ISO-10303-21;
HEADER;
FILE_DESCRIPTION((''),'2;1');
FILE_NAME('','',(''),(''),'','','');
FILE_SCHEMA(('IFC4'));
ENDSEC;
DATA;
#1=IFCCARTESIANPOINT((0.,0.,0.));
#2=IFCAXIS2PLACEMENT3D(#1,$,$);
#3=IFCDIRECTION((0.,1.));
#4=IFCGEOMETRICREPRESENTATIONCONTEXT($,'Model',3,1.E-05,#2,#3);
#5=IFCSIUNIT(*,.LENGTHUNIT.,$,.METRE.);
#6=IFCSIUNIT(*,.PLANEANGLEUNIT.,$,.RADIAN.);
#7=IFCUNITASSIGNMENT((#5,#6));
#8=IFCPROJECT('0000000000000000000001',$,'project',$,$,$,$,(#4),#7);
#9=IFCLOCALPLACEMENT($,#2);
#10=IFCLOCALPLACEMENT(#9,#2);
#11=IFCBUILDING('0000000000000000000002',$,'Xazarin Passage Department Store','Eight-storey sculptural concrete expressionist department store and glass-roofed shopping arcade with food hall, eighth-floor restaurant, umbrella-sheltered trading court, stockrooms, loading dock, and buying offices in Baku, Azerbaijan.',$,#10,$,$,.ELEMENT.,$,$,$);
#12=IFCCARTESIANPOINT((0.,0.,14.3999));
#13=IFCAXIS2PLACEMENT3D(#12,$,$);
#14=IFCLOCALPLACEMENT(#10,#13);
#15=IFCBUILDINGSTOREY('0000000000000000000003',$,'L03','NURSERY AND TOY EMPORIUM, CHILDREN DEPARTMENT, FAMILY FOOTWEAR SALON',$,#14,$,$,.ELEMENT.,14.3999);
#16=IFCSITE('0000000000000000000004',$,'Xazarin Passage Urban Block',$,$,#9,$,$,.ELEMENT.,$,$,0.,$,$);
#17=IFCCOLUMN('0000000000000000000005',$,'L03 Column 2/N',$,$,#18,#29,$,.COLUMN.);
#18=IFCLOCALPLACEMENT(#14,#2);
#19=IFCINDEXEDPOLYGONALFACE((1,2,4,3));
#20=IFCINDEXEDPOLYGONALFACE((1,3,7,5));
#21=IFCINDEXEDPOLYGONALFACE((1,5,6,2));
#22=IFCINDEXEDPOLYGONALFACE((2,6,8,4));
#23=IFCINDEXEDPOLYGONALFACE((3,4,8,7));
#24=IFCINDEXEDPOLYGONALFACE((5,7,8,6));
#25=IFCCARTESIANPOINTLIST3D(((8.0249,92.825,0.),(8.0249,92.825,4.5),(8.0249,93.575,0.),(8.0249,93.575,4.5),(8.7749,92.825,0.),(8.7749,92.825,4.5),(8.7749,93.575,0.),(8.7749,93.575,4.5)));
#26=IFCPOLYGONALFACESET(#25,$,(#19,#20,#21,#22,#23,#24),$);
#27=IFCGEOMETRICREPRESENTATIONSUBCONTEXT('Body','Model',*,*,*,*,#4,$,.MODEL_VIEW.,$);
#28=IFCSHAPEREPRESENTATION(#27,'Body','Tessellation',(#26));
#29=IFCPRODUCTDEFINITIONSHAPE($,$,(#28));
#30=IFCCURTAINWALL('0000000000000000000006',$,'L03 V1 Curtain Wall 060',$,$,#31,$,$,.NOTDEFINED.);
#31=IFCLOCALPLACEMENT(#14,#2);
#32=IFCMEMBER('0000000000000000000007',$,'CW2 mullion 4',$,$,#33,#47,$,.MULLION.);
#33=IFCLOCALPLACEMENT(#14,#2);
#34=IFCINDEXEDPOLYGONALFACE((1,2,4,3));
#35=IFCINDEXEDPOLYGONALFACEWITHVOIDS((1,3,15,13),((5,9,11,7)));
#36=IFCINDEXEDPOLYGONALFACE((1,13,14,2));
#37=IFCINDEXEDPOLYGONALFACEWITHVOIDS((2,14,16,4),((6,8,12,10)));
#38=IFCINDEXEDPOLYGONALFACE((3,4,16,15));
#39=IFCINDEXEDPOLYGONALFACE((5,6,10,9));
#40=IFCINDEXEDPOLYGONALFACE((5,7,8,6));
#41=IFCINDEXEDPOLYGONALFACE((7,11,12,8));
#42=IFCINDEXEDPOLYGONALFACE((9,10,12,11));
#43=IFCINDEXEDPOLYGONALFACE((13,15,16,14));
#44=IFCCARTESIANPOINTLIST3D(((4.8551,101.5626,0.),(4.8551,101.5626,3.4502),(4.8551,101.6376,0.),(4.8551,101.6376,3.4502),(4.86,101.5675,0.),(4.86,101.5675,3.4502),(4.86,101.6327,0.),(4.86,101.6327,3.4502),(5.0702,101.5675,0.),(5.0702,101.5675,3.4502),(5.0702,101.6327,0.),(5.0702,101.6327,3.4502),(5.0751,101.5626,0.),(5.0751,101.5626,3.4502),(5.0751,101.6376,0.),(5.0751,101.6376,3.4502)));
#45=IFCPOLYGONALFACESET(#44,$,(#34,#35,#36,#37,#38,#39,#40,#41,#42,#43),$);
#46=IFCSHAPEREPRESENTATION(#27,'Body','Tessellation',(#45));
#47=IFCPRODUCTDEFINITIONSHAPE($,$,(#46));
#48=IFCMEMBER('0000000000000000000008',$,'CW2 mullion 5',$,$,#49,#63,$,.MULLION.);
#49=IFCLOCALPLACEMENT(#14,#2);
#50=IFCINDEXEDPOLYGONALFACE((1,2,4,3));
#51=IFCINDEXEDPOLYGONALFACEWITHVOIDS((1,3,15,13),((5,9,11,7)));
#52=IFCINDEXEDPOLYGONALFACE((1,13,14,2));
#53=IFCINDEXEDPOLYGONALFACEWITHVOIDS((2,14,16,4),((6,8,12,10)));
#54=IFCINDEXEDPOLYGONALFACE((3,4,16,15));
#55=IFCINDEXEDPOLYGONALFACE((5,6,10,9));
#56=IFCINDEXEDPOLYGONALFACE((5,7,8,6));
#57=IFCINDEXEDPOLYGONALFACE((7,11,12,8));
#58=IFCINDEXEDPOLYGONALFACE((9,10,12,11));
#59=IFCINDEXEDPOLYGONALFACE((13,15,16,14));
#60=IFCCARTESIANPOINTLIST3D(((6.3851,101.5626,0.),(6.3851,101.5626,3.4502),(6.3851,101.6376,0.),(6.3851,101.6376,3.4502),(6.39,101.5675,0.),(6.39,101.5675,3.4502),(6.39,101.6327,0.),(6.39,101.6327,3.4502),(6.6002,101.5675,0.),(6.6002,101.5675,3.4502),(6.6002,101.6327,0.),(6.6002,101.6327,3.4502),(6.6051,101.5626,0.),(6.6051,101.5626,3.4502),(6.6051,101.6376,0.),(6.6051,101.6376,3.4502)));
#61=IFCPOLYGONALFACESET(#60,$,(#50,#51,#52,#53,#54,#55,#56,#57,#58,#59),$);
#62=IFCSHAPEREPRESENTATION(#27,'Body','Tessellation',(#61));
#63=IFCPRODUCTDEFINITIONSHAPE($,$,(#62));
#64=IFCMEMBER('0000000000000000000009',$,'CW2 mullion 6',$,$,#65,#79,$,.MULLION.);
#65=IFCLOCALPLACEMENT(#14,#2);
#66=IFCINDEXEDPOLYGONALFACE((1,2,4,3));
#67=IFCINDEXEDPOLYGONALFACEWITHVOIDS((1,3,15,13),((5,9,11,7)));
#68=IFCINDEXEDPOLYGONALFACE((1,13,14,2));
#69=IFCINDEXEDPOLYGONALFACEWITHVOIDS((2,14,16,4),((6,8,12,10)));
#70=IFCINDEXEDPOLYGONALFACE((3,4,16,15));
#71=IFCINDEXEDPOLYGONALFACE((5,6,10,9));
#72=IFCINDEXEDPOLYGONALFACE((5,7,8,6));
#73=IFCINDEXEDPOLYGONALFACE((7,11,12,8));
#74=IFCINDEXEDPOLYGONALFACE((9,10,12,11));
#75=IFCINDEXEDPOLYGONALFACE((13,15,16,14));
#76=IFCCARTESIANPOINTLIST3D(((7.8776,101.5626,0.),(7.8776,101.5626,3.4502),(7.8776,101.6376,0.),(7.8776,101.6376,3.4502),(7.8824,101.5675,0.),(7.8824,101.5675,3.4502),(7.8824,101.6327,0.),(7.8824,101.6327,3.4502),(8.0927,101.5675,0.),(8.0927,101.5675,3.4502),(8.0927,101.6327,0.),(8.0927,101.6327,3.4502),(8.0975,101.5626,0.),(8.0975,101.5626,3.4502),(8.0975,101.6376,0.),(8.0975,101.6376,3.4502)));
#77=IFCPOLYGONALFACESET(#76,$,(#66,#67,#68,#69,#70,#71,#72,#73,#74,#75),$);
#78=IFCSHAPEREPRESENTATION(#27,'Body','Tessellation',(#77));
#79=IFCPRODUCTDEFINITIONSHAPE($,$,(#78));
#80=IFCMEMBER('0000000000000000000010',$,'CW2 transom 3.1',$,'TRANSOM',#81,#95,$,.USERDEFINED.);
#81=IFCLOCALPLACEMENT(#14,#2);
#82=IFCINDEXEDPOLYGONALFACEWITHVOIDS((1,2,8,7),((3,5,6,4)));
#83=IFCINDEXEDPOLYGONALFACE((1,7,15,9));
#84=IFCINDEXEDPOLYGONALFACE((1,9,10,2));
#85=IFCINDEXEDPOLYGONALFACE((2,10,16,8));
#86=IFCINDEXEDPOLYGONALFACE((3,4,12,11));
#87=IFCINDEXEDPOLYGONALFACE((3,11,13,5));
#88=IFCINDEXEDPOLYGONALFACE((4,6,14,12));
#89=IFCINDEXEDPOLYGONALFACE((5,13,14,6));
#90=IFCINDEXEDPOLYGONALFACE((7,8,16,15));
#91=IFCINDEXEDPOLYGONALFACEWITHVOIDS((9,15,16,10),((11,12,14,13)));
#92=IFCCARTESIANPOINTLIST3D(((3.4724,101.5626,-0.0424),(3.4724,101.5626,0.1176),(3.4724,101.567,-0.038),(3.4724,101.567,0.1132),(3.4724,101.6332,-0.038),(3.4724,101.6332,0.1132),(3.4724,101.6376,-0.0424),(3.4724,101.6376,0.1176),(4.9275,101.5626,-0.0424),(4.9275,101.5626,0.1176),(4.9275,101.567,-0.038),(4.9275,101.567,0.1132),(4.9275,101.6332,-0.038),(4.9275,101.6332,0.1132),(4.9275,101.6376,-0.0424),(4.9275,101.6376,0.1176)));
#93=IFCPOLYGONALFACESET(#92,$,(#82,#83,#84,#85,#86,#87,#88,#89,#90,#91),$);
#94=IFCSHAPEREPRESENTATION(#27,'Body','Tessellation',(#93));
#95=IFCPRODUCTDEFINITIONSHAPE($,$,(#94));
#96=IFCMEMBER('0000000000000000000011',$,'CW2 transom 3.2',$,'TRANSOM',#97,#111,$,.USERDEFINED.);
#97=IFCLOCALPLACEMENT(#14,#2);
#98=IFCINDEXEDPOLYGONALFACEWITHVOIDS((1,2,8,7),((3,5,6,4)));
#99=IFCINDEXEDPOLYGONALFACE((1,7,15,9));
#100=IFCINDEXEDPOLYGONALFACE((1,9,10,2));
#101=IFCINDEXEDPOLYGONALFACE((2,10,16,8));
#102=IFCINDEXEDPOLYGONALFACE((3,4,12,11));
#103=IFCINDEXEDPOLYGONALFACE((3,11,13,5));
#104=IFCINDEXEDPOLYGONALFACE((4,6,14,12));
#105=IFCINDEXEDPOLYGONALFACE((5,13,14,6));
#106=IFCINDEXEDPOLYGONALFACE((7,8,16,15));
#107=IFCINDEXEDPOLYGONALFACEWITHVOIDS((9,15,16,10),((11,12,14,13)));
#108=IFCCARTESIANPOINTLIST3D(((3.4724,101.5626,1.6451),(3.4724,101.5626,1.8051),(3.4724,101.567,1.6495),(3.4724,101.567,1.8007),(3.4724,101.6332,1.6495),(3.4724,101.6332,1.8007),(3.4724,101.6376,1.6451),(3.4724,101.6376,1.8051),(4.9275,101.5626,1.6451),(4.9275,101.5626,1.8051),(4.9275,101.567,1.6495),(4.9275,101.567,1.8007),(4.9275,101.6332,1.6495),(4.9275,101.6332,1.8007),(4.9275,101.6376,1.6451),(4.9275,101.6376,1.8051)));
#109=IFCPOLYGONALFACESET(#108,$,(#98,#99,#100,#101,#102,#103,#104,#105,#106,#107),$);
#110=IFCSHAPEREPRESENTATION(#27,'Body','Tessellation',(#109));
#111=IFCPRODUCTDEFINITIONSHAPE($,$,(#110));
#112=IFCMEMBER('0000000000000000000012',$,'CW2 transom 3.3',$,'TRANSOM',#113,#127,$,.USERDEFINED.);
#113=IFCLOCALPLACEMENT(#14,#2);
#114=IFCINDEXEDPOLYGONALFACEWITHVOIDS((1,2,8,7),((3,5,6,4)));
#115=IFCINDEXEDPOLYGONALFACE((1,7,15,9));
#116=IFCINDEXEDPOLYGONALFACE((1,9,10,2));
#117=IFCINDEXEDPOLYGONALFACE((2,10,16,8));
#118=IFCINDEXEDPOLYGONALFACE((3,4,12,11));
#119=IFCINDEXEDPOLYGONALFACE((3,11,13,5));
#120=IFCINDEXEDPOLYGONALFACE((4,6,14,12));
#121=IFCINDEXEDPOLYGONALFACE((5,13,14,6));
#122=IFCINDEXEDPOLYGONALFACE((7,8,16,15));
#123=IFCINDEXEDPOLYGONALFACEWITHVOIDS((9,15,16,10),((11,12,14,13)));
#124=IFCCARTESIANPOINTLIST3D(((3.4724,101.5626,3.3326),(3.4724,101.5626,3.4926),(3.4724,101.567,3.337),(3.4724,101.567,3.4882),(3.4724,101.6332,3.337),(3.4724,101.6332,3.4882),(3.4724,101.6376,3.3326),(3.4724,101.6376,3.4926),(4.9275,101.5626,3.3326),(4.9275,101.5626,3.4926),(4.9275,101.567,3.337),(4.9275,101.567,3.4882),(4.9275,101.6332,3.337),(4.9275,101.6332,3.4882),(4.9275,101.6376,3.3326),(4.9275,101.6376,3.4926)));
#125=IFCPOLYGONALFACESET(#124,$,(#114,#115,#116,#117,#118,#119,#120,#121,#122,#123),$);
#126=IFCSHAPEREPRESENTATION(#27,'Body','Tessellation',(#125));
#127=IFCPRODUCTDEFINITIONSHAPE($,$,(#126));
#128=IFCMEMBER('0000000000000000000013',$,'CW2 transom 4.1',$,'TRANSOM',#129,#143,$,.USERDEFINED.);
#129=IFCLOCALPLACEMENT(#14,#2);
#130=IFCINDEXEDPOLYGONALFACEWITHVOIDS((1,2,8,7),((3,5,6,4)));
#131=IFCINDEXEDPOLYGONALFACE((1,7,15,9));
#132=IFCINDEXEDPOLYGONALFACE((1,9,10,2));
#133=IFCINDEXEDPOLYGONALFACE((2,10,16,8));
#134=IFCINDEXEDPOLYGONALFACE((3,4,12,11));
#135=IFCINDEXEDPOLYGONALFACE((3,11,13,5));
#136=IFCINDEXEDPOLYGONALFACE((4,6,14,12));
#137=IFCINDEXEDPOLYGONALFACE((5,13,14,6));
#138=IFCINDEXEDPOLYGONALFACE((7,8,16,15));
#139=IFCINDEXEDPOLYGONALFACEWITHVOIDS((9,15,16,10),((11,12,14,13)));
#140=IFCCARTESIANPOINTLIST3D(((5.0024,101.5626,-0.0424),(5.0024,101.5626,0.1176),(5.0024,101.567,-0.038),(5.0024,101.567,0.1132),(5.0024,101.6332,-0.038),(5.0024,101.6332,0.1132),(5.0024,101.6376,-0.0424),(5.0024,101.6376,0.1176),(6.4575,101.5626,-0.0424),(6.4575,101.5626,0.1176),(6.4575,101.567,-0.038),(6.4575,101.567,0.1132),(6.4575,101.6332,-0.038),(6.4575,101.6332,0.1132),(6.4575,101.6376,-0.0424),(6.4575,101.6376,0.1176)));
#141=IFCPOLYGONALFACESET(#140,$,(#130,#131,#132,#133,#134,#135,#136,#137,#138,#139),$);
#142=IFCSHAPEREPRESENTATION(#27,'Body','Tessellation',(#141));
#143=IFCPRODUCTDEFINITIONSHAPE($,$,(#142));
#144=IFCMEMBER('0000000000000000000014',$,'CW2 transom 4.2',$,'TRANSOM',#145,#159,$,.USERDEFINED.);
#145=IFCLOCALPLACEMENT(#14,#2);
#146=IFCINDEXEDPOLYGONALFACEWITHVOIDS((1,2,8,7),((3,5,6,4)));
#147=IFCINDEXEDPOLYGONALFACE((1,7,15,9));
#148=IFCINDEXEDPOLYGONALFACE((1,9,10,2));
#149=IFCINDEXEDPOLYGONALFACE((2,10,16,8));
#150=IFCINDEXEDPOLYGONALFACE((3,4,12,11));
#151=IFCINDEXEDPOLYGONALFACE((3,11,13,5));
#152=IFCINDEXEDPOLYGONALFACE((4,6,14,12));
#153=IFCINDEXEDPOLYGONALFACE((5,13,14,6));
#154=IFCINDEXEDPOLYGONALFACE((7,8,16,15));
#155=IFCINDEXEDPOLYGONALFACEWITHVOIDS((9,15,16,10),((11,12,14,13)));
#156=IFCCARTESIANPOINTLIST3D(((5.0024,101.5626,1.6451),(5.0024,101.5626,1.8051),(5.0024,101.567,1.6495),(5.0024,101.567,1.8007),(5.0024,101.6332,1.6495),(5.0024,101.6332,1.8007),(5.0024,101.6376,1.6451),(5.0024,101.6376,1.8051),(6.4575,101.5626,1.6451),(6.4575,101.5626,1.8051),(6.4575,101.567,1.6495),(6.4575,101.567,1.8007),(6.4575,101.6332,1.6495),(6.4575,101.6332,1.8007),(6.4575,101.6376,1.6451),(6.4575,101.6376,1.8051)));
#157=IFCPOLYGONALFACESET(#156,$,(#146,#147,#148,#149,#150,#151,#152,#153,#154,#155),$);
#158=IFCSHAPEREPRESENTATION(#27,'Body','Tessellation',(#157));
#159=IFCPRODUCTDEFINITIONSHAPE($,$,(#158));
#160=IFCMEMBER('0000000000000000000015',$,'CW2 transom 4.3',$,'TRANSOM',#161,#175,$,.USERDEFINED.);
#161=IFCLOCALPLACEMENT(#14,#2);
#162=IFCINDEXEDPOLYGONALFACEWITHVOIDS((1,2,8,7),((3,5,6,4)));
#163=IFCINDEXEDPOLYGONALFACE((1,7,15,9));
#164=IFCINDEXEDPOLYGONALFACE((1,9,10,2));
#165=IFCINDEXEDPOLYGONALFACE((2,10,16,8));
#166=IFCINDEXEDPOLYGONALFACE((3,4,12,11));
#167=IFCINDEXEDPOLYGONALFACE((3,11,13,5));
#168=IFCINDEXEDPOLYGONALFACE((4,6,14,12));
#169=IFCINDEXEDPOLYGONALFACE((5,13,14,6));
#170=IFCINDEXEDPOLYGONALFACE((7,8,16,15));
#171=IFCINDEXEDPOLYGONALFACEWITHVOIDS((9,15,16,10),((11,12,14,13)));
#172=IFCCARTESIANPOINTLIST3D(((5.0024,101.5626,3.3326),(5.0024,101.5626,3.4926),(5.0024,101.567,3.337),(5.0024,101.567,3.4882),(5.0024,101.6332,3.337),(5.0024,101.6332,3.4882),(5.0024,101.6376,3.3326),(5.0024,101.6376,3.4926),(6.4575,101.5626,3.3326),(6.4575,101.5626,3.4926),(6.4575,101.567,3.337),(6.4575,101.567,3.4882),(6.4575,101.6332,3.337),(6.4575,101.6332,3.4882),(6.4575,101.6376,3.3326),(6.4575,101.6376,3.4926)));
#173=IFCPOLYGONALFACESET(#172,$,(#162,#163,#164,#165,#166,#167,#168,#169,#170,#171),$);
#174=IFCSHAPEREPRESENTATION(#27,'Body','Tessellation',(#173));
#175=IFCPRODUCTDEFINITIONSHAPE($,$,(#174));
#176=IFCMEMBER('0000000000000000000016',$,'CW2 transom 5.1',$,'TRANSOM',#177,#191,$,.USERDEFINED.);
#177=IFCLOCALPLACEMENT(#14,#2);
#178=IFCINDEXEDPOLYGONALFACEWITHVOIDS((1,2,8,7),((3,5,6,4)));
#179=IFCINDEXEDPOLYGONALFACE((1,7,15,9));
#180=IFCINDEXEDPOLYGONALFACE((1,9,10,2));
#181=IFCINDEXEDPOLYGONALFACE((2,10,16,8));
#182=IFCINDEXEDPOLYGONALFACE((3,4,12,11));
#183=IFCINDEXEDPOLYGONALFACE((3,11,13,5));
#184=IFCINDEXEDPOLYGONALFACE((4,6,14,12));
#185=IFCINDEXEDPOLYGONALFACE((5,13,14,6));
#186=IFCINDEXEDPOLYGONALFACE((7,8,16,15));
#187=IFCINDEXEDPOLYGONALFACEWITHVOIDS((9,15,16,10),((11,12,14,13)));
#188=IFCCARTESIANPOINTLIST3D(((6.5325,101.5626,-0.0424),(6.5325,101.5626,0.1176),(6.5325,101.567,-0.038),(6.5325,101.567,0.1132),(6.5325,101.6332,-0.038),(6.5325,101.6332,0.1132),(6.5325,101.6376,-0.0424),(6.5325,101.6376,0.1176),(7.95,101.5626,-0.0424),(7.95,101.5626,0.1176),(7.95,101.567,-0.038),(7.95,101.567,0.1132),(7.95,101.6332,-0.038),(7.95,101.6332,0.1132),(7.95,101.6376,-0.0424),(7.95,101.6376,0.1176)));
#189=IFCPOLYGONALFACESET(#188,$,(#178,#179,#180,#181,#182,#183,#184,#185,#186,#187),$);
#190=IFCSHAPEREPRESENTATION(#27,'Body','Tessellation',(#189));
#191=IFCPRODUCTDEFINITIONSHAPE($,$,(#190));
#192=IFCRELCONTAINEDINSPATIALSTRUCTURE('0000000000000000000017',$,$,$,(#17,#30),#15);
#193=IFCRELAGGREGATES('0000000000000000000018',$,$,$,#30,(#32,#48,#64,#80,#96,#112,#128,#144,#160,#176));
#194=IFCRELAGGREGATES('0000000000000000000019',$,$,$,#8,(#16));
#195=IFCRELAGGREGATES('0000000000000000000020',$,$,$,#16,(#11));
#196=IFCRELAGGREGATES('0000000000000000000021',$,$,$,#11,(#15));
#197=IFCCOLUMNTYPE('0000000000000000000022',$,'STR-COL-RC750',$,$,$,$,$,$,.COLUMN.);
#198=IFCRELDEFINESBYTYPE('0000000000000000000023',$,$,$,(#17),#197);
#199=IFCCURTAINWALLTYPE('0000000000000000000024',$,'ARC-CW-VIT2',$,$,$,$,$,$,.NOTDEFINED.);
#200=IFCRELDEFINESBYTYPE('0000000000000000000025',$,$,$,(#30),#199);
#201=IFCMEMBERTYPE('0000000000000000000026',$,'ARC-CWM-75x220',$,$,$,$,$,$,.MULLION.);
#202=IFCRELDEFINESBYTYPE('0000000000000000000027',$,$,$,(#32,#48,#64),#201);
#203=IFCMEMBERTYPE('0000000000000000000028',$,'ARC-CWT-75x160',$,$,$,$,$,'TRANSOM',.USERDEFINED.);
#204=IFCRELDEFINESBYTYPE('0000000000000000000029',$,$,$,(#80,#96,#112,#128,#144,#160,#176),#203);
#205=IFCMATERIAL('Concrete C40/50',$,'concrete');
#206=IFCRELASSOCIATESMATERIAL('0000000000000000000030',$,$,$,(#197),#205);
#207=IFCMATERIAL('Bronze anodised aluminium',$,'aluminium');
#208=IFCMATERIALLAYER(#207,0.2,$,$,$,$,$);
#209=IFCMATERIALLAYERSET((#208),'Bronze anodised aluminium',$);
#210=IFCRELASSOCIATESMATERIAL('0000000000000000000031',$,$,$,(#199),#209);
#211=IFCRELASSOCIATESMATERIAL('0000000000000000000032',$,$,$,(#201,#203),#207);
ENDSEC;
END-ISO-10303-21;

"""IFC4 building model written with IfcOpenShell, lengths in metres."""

from ifc_helpers import new_model, si_unit, direction, frame, origin, origin_2d, place, context, subcontext, project, spatial, rectangle, hollow_rectangle, extrude, material, layer, layer_set, material_profile, profile_set, type_object, element, aggregate, save


model = new_model("IFC4")

# Units and contexts
model_context = context("Model", 3, precision=1e-05, world=origin(), true_north=direction((0.0, 1.0)))
body_context = subcontext(model_context, "Body", "Model", "MODEL_VIEW")
ifc_project = project(units=[si_unit("LENGTHUNIT", "METRE"), si_unit("PLANEANGLEUNIT", "RADIAN")], contexts=[model_context])

# Site, building, storey
site_placement = place(None, origin())
site = spatial("IfcSite", under=ifc_project, at=site_placement, Name="Xazarin Passage Urban Block", CompositionType="ELEMENT", RefElevation=0.0)
building_placement = place(site_placement, origin())
building = spatial("IfcBuilding", under=site, at=building_placement, Name="Xazarin Passage Department Store", Description="Eight-storey sculptural concrete expressionist department store and glass-roofed shopping arcade with food hall, eighth-floor restaurant, umbrella-sheltered trading court, stockrooms, loading dock, and buying offices in Baku, Azerbaijan.", CompositionType="ELEMENT")
storey_placement = place(building_placement, frame((0.0, 0.0, 14.3999)))
storey = spatial("IfcBuildingStorey", under=building, at=storey_placement, Name="L03", Description="NURSERY AND TOY EMPORIUM, CHILDREN DEPARTMENT, FAMILY FOOTWEAR SALON", CompositionType="ELEMENT", Elevation=14.3999)

# Column
ifc_material_1 = material(Name="Concrete C40/50", Category="concrete")
ifc_material_profile_1 = material_profile(ifc_material_1, rectangle(XDim=0.75, YDim=0.75, at=origin_2d()), Name="RC 750x750")
ifc_profile_set_1 = profile_set([ifc_material_profile_1], Name="Concrete C40/50")
column_type = type_object("IfcColumnType", Name="STR-COL-RC750", PredefinedType="COLUMN", material=ifc_profile_set_1)
column_placement = place(storey_placement, frame((8.3999, 93.2, 0.0), z_axis=(0.0, 0.0, 1.0), x_axis=(1.0, 0.0, 0.0)))
element("IfcColumn", 1, at=column_placement, inside=storey, type_object=column_type, Name="L03 Column 2/N", PredefinedType="COLUMN", context=body_context, shape_type="SweptSolid", body=[
    extrude(rectangle(XDim=0.75, YDim=0.75, at=origin_2d()), origin(), (0.0, 0.0, 1.0), 4.5),
])

# Curtain wall, members
ifc_material_2 = material(Name="Bronze anodised aluminium", Category="aluminium")
ifc_layer_1 = layer(ifc_material_2, 0.2)
ifc_layer_set_1 = layer_set([ifc_layer_1], Name="Bronze anodised aluminium")
curtain_wall_type = type_object("IfcCurtainWallType", Name="ARC-CW-VIT2", PredefinedType="NOTDEFINED", material=ifc_layer_set_1)
curtain_wall_placement = place(storey_placement, origin())
curtain_wall = element("IfcCurtainWall", 2, at=curtain_wall_placement, inside=storey, type_object=curtain_wall_type, Name="L03 V1 Curtain Wall 060", PredefinedType="NOTDEFINED")
ifc_material_profile_2 = material_profile(ifc_material_2, hollow_rectangle(XDim=0.075, YDim=0.22, WallThickness=0.0049, at=origin_2d()), Name="ALU 75x220")
ifc_profile_set_2 = profile_set([ifc_material_profile_2], Name="Bronze anodised aluminium")
member_type_1 = type_object("IfcMemberType", Name="ARC-CWM-75x220", PredefinedType="MULLION", material=ifc_profile_set_2)
member_1_placement = place(storey_placement, frame((4.9651, 101.6001, 0.0), z_axis=(0.0, 0.0, 1.0), x_axis=(0.0, 1.0, 0.0)))
member_1 = element("IfcMember", 3, at=member_1_placement, type_object=member_type_1, Name="CW2 mullion 4", PredefinedType="MULLION", context=body_context, shape_type="SweptSolid", body=[
    extrude(hollow_rectangle(XDim=0.075, YDim=0.22, WallThickness=0.0049, at=origin_2d()), origin(), (0.0, 0.0, 1.0), 3.4502),
])
member_2_placement = place(storey_placement, frame((6.4951, 101.6001, 0.0), z_axis=(0.0, 0.0, 1.0), x_axis=(0.0, 1.0, 0.0)))
member_2 = element("IfcMember", 4, at=member_2_placement, type_object=member_type_1, Name="CW2 mullion 5", PredefinedType="MULLION", context=body_context, shape_type="SweptSolid", body=[
    extrude(hollow_rectangle(XDim=0.075, YDim=0.22, WallThickness=0.0049, at=origin_2d()), origin(), (0.0, 0.0, 1.0), 3.4502),
])
member_3_placement = place(storey_placement, frame((7.9875, 101.6001, 0.0), z_axis=(0.0, 0.0, 1.0), x_axis=(0.0, 1.0, 0.0)))
member_3 = element("IfcMember", 5, at=member_3_placement, type_object=member_type_1, Name="CW2 mullion 6", PredefinedType="MULLION", context=body_context, shape_type="SweptSolid", body=[
    extrude(hollow_rectangle(XDim=0.075, YDim=0.22, WallThickness=0.0049, at=origin_2d()), origin(), (0.0, 0.0, 1.0), 3.4502),
])
ifc_material_profile_3 = material_profile(ifc_material_2, hollow_rectangle(XDim=0.075, YDim=0.1599, WallThickness=0.0044, at=origin_2d()), Name="ALU 75x160")
ifc_profile_set_3 = profile_set([ifc_material_profile_3], Name="Bronze anodised aluminium")
member_type_2 = type_object("IfcMemberType", Name="ARC-CWT-75x160", ElementType="TRANSOM", PredefinedType="USERDEFINED", material=ifc_profile_set_3)
member_4_placement = place(storey_placement, frame((3.4724, 101.6001, 0.0376), z_axis=(1.0, 0.0, 0.0), x_axis=(0.0, 1.0, 0.0)))
member_4 = element("IfcMember", 6, at=member_4_placement, type_object=member_type_2, Name="CW2 transom 3.1", ObjectType="TRANSOM", PredefinedType="USERDEFINED", context=body_context, shape_type="SweptSolid", body=[
    extrude(hollow_rectangle(XDim=0.075, YDim=0.1599, WallThickness=0.0044, at=origin_2d()), origin(), (0.0, 0.0, 1.0), 1.4551),
])
member_5_placement = place(storey_placement, frame((3.4724, 101.6001, 1.7251), z_axis=(1.0, 0.0, 0.0), x_axis=(0.0, 1.0, 0.0)))
member_5 = element("IfcMember", 7, at=member_5_placement, type_object=member_type_2, Name="CW2 transom 3.2", ObjectType="TRANSOM", PredefinedType="USERDEFINED", context=body_context, shape_type="SweptSolid", body=[
    extrude(hollow_rectangle(XDim=0.075, YDim=0.1599, WallThickness=0.0044, at=origin_2d()), origin(), (0.0, 0.0, 1.0), 1.4551),
])
member_6_placement = place(storey_placement, frame((3.4724, 101.6001, 3.4126), z_axis=(1.0, 0.0, 0.0), x_axis=(0.0, 1.0, 0.0)))
member_6 = element("IfcMember", 8, at=member_6_placement, type_object=member_type_2, Name="CW2 transom 3.3", ObjectType="TRANSOM", PredefinedType="USERDEFINED", context=body_context, shape_type="SweptSolid", body=[
    extrude(hollow_rectangle(XDim=0.075, YDim=0.1599, WallThickness=0.0044, at=origin_2d()), origin(), (0.0, 0.0, 1.0), 1.4551),
])
member_7_placement = place(storey_placement, frame((5.0024, 101.6001, 0.0376), z_axis=(1.0, 0.0, 0.0), x_axis=(0.0, 1.0, 0.0)))
member_7 = element("IfcMember", 9, at=member_7_placement, type_object=member_type_2, Name="CW2 transom 4.1", ObjectType="TRANSOM", PredefinedType="USERDEFINED", context=body_context, shape_type="SweptSolid", body=[
    extrude(hollow_rectangle(XDim=0.075, YDim=0.1599, WallThickness=0.0044, at=origin_2d()), origin(), (0.0, 0.0, 1.0), 1.4551),
])
member_8_placement = place(storey_placement, frame((5.0024, 101.6001, 1.7251), z_axis=(1.0, 0.0, 0.0), x_axis=(0.0, 1.0, 0.0)))
member_8 = element("IfcMember", 10, at=member_8_placement, type_object=member_type_2, Name="CW2 transom 4.2", ObjectType="TRANSOM", PredefinedType="USERDEFINED", context=body_context, shape_type="SweptSolid", body=[
    extrude(hollow_rectangle(XDim=0.075, YDim=0.1599, WallThickness=0.0044, at=origin_2d()), origin(), (0.0, 0.0, 1.0), 1.4551),
])
member_9_placement = place(storey_placement, frame((5.0024, 101.6001, 3.4126), z_axis=(1.0, 0.0, 0.0), x_axis=(0.0, 1.0, 0.0)))
member_9 = element("IfcMember", 11, at=member_9_placement, type_object=member_type_2, Name="CW2 transom 4.3", ObjectType="TRANSOM", PredefinedType="USERDEFINED", context=body_context, shape_type="SweptSolid", body=[
    extrude(hollow_rectangle(XDim=0.075, YDim=0.1599, WallThickness=0.0044, at=origin_2d()), origin(), (0.0, 0.0, 1.0), 1.4551),
])
member_10_placement = place(storey_placement, frame((6.5325, 101.6001, 0.0376), z_axis=(1.0, 0.0, 0.0), x_axis=(0.0, 1.0, 0.0)))
member_10 = element("IfcMember", 12, at=member_10_placement, type_object=member_type_2, Name="CW2 transom 5.1", ObjectType="TRANSOM", PredefinedType="USERDEFINED", context=body_context, shape_type="SweptSolid", body=[
    extrude(hollow_rectangle(XDim=0.075, YDim=0.1599, WallThickness=0.0044, at=origin_2d()), origin(), (0.0, 0.0, 1.0), 1.4175),
])

aggregate(curtain_wall, [member_1, member_2, member_3, member_4, member_5, member_6, member_7, member_8, member_9, member_10])

save(model, "model.ifc")
